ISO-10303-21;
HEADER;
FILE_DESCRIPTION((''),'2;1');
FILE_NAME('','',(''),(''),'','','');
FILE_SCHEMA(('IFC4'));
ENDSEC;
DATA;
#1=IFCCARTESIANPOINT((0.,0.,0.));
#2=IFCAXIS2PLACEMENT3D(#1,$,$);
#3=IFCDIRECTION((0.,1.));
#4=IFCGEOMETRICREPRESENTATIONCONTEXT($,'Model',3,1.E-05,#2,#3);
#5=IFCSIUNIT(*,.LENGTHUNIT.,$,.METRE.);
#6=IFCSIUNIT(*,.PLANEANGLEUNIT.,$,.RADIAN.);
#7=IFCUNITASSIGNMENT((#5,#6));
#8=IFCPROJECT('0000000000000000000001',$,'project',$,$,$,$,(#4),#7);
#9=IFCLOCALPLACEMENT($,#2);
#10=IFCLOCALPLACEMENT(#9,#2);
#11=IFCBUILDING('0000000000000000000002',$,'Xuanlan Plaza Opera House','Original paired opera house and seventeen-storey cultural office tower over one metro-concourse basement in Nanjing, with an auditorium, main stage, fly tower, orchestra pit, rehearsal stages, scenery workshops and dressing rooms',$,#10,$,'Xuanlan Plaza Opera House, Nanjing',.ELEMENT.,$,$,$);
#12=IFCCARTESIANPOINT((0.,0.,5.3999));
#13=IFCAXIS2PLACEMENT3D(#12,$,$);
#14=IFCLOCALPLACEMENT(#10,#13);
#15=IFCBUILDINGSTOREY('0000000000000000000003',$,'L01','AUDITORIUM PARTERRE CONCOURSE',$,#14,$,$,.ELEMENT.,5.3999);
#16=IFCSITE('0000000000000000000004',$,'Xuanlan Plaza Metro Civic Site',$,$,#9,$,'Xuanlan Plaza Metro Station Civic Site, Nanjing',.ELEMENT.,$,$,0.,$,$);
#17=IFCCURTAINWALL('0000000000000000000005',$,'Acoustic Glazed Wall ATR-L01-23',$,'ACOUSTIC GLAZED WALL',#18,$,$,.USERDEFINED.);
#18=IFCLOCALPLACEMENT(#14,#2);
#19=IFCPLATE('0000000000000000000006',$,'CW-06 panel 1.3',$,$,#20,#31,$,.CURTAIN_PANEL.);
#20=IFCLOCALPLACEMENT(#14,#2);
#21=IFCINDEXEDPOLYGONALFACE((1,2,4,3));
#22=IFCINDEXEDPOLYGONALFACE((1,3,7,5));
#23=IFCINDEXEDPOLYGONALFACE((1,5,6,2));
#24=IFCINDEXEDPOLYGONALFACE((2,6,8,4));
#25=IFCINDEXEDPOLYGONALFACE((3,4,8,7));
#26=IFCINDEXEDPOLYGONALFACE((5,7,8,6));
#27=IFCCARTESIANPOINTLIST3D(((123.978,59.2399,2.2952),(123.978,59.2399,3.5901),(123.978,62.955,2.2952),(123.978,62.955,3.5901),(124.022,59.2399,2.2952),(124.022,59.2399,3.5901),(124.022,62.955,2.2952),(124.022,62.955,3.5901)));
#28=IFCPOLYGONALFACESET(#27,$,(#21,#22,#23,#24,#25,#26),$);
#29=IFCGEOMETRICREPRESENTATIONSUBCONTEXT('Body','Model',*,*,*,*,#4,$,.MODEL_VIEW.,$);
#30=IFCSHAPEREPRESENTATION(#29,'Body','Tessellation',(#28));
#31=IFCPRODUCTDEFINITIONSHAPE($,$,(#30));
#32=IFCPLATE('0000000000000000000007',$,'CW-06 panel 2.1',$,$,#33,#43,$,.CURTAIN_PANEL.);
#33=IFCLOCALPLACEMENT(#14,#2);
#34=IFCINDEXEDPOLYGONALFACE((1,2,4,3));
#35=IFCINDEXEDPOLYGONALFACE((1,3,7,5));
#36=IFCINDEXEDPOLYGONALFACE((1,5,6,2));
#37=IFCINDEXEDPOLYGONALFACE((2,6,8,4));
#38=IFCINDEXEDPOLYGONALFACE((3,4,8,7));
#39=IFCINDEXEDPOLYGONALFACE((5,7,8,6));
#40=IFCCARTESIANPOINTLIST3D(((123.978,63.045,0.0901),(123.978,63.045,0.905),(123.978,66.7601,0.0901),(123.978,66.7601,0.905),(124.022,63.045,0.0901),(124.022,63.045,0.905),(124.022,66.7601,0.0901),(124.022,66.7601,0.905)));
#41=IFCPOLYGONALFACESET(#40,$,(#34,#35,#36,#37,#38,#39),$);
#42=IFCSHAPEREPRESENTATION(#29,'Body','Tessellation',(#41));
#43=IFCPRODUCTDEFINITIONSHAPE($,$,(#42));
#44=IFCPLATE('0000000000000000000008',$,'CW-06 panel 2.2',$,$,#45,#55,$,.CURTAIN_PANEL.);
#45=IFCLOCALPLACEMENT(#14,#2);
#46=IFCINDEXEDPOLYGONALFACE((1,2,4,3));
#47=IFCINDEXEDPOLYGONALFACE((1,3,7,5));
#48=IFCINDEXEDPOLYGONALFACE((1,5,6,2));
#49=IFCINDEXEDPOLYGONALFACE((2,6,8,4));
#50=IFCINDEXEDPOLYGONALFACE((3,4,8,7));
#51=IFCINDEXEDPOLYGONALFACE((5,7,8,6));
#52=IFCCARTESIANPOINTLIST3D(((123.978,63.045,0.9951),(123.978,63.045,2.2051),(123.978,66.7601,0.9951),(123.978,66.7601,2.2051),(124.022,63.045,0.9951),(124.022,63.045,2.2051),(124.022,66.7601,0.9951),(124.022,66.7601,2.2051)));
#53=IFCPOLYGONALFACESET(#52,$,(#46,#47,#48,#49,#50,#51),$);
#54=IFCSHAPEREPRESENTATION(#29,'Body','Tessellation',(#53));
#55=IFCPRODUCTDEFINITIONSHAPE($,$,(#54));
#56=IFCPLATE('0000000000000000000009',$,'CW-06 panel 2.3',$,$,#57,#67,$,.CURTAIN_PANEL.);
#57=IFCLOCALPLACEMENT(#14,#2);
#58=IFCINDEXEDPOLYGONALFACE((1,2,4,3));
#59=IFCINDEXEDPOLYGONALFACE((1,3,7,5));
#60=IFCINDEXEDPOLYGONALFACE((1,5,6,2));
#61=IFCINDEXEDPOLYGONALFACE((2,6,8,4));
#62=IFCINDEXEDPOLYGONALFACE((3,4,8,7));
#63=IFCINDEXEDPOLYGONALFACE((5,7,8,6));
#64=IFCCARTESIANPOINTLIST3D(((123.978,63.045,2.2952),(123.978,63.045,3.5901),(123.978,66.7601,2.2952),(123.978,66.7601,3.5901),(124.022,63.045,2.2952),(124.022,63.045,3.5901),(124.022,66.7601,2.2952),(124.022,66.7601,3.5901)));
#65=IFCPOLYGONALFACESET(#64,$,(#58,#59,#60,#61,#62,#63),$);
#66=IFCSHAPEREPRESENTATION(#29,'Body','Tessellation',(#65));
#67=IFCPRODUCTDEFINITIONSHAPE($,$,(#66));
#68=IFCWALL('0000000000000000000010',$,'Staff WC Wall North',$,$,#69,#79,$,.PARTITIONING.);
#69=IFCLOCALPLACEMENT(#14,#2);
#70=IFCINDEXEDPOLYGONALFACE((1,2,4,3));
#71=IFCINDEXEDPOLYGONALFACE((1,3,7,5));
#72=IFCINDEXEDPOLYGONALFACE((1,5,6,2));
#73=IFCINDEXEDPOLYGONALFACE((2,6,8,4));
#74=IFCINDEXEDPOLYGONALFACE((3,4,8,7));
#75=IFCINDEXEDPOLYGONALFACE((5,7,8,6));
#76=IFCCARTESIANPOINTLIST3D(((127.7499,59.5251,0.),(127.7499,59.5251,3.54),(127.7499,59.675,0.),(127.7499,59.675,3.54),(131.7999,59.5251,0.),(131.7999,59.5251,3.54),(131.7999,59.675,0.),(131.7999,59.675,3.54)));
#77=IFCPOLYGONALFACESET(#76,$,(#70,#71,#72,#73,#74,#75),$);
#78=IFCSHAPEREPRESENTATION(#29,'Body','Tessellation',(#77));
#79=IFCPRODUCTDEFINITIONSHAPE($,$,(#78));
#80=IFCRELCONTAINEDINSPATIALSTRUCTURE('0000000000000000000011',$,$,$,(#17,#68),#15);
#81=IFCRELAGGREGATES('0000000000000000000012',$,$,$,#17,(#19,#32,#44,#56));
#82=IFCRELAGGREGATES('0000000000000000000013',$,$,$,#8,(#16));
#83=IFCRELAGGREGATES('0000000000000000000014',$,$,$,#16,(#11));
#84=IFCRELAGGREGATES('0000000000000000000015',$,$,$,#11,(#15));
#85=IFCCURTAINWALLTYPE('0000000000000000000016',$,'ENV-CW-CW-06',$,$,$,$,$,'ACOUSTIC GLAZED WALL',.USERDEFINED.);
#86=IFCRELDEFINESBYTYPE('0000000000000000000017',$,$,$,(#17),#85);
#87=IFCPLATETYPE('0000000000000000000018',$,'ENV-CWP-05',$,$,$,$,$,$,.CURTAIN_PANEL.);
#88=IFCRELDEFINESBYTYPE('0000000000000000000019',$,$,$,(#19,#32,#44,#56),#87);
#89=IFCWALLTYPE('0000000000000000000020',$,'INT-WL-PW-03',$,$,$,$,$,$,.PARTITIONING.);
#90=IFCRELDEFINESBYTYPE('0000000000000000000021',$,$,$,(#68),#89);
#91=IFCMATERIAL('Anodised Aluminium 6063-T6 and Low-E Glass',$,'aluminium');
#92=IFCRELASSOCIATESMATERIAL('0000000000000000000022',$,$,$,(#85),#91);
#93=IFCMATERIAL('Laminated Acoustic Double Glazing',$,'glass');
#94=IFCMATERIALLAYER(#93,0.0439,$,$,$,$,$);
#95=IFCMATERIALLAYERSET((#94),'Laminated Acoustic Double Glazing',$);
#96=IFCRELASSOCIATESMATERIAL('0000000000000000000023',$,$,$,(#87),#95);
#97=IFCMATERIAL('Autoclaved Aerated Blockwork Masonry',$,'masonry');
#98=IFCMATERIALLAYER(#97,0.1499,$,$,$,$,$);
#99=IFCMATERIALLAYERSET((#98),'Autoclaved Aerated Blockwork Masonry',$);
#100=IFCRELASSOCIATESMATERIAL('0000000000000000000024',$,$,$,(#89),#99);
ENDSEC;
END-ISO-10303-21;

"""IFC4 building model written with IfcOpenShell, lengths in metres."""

from ifc_helpers import new_model, si_unit, direction, frame, frame_2d, origin, origin_2d, place, context, subcontext, project, spatial, rectangle, extrude, material, layer, layer_set, type_object, element, aggregate, save


model = new_model("IFC4")

# Units and contexts
model_context = context("Model", 3, precision=1e-05, world=origin(), true_north=direction((0.0, 1.0)))
body_context = subcontext(model_context, "Body", "Model", "MODEL_VIEW")
ifc_project = project(units=[si_unit("LENGTHUNIT", "METRE"), si_unit("PLANEANGLEUNIT", "RADIAN")], contexts=[model_context])

# Site, building, storey
site_placement = place(None, origin())
site = spatial("IfcSite", under=ifc_project, at=site_placement, Name="Xuanlan Plaza Metro Civic Site", LongName="Xuanlan Plaza Metro Station Civic Site, Nanjing", CompositionType="ELEMENT", RefElevation=0.0)
building_placement = place(site_placement, origin())
building = spatial("IfcBuilding", under=site, at=building_placement, Name="Xuanlan Plaza Opera House", Description="Original paired opera house and seventeen-storey cultural office tower over one metro-concourse basement in Nanjing, with an auditorium, main stage, fly tower, orchestra pit, rehearsal stages, scenery workshops and dressing rooms", LongName="Xuanlan Plaza Opera House, Nanjing", CompositionType="ELEMENT")
storey_placement = place(building_placement, frame((0.0, 0.0, 5.3999)))
storey = spatial("IfcBuildingStorey", under=building, at=storey_placement, Name="L01", Description="AUDITORIUM PARTERRE CONCOURSE", CompositionType="ELEMENT", Elevation=5.3999)

# Curtain wall
ifc_material_1 = material(Name="Anodised Aluminium 6063-T6 and Low-E Glass", Category="aluminium")
curtain_wall_type = type_object("IfcCurtainWallType", Name="ENV-CW-CW-06", ElementType="ACOUSTIC GLAZED WALL", PredefinedType="USERDEFINED", material=ifc_material_1)
curtain_wall_placement = place(storey_placement, origin())
curtain_wall = element("IfcCurtainWall", 1, at=curtain_wall_placement, inside=storey, type_object=curtain_wall_type, Name="Acoustic Glazed Wall ATR-L01-23", ObjectType="ACOUSTIC GLAZED WALL", PredefinedType="USERDEFINED")

# Plates
ifc_material_2 = material(Name="Laminated Acoustic Double Glazing", Category="glass")
ifc_layer_1 = layer(ifc_material_2, 0.0439)
ifc_layer_set_1 = layer_set([ifc_layer_1], Name="Laminated Acoustic Double Glazing")
plate_type = type_object("IfcPlateType", Name="ENV-CWP-05", PredefinedType="CURTAIN_PANEL", material=ifc_layer_set_1)
plate_1_placement = place(storey_placement, frame((124.0, 61.0974, 2.2952), z_axis=(0.0, 0.0, 1.0), x_axis=(0.0, 1.0, 0.0)))
plate_1 = element("IfcPlate", 2, at=plate_1_placement, type_object=plate_type, Name="CW-06 panel 1.3", PredefinedType="CURTAIN_PANEL", context=body_context, shape_type="SweptSolid", body=[
    extrude(rectangle(XDim=3.7151, YDim=0.0439, at=origin_2d()), origin(), (0.0, 0.0, 1.0), 1.2949),
])
plate_2_placement = place(storey_placement, frame((124.0, 64.9026, 0.0901), z_axis=(0.0, 0.0, 1.0), x_axis=(0.0, 1.0, 0.0)))
plate_2 = element("IfcPlate", 3, at=plate_2_placement, type_object=plate_type, Name="CW-06 panel 2.1", PredefinedType="CURTAIN_PANEL", context=body_context, shape_type="SweptSolid", body=[
    extrude(rectangle(XDim=3.7151, YDim=0.0439, at=origin_2d()), origin(), (0.0, 0.0, 1.0), 0.8149),
])
plate_3_placement = place(storey_placement, frame((124.0, 64.9026, 0.9951), z_axis=(0.0, 0.0, 1.0), x_axis=(0.0, 1.0, 0.0)))
plate_3 = element("IfcPlate", 4, at=plate_3_placement, type_object=plate_type, Name="CW-06 panel 2.2", PredefinedType="CURTAIN_PANEL", context=body_context, shape_type="SweptSolid", body=[
    extrude(rectangle(XDim=3.7151, YDim=0.0439, at=origin_2d()), origin(), (0.0, 0.0, 1.0), 1.21),
])
plate_4_placement = place(storey_placement, frame((124.0, 64.9026, 2.2952), z_axis=(0.0, 0.0, 1.0), x_axis=(0.0, 1.0, 0.0)))
plate_4 = element("IfcPlate", 5, at=plate_4_placement, type_object=plate_type, Name="CW-06 panel 2.3", PredefinedType="CURTAIN_PANEL", context=body_context, shape_type="SweptSolid", body=[
    extrude(rectangle(XDim=3.7151, YDim=0.0439, at=origin_2d()), origin(), (0.0, 0.0, 1.0), 1.2949),
])
aggregate(curtain_wall, [plate_1, plate_2, plate_3, plate_4])

# Wall
ifc_material_3 = material(Name="Autoclaved Aerated Blockwork Masonry", Category="masonry")
ifc_layer_2 = layer(ifc_material_3, 0.1499)
ifc_layer_set_2 = layer_set([ifc_layer_2], Name="Autoclaved Aerated Blockwork Masonry")
wall_type = type_object("IfcWallType", Name="INT-WL-PW-03", PredefinedType="PARTITIONING", material=ifc_layer_set_2)
wall_placement = place(storey_placement, frame((127.75, 59.6001, 0.0), z_axis=(0.0, 0.0, 1.0), x_axis=(1.0, 0.0, 0.0)))
element("IfcWall", 6, at=wall_placement, inside=storey, type_object=wall_type, Name="Staff WC Wall North", PredefinedType="PARTITIONING", context=body_context, shape_type="SweptSolid", body=[
    extrude(rectangle(XDim=4.05, YDim=0.1499, at=frame_2d((2.0249, 0.0))), origin(), (0.0, 0.0, 1.0), 3.54),
])

save(model, "model.ifc")
